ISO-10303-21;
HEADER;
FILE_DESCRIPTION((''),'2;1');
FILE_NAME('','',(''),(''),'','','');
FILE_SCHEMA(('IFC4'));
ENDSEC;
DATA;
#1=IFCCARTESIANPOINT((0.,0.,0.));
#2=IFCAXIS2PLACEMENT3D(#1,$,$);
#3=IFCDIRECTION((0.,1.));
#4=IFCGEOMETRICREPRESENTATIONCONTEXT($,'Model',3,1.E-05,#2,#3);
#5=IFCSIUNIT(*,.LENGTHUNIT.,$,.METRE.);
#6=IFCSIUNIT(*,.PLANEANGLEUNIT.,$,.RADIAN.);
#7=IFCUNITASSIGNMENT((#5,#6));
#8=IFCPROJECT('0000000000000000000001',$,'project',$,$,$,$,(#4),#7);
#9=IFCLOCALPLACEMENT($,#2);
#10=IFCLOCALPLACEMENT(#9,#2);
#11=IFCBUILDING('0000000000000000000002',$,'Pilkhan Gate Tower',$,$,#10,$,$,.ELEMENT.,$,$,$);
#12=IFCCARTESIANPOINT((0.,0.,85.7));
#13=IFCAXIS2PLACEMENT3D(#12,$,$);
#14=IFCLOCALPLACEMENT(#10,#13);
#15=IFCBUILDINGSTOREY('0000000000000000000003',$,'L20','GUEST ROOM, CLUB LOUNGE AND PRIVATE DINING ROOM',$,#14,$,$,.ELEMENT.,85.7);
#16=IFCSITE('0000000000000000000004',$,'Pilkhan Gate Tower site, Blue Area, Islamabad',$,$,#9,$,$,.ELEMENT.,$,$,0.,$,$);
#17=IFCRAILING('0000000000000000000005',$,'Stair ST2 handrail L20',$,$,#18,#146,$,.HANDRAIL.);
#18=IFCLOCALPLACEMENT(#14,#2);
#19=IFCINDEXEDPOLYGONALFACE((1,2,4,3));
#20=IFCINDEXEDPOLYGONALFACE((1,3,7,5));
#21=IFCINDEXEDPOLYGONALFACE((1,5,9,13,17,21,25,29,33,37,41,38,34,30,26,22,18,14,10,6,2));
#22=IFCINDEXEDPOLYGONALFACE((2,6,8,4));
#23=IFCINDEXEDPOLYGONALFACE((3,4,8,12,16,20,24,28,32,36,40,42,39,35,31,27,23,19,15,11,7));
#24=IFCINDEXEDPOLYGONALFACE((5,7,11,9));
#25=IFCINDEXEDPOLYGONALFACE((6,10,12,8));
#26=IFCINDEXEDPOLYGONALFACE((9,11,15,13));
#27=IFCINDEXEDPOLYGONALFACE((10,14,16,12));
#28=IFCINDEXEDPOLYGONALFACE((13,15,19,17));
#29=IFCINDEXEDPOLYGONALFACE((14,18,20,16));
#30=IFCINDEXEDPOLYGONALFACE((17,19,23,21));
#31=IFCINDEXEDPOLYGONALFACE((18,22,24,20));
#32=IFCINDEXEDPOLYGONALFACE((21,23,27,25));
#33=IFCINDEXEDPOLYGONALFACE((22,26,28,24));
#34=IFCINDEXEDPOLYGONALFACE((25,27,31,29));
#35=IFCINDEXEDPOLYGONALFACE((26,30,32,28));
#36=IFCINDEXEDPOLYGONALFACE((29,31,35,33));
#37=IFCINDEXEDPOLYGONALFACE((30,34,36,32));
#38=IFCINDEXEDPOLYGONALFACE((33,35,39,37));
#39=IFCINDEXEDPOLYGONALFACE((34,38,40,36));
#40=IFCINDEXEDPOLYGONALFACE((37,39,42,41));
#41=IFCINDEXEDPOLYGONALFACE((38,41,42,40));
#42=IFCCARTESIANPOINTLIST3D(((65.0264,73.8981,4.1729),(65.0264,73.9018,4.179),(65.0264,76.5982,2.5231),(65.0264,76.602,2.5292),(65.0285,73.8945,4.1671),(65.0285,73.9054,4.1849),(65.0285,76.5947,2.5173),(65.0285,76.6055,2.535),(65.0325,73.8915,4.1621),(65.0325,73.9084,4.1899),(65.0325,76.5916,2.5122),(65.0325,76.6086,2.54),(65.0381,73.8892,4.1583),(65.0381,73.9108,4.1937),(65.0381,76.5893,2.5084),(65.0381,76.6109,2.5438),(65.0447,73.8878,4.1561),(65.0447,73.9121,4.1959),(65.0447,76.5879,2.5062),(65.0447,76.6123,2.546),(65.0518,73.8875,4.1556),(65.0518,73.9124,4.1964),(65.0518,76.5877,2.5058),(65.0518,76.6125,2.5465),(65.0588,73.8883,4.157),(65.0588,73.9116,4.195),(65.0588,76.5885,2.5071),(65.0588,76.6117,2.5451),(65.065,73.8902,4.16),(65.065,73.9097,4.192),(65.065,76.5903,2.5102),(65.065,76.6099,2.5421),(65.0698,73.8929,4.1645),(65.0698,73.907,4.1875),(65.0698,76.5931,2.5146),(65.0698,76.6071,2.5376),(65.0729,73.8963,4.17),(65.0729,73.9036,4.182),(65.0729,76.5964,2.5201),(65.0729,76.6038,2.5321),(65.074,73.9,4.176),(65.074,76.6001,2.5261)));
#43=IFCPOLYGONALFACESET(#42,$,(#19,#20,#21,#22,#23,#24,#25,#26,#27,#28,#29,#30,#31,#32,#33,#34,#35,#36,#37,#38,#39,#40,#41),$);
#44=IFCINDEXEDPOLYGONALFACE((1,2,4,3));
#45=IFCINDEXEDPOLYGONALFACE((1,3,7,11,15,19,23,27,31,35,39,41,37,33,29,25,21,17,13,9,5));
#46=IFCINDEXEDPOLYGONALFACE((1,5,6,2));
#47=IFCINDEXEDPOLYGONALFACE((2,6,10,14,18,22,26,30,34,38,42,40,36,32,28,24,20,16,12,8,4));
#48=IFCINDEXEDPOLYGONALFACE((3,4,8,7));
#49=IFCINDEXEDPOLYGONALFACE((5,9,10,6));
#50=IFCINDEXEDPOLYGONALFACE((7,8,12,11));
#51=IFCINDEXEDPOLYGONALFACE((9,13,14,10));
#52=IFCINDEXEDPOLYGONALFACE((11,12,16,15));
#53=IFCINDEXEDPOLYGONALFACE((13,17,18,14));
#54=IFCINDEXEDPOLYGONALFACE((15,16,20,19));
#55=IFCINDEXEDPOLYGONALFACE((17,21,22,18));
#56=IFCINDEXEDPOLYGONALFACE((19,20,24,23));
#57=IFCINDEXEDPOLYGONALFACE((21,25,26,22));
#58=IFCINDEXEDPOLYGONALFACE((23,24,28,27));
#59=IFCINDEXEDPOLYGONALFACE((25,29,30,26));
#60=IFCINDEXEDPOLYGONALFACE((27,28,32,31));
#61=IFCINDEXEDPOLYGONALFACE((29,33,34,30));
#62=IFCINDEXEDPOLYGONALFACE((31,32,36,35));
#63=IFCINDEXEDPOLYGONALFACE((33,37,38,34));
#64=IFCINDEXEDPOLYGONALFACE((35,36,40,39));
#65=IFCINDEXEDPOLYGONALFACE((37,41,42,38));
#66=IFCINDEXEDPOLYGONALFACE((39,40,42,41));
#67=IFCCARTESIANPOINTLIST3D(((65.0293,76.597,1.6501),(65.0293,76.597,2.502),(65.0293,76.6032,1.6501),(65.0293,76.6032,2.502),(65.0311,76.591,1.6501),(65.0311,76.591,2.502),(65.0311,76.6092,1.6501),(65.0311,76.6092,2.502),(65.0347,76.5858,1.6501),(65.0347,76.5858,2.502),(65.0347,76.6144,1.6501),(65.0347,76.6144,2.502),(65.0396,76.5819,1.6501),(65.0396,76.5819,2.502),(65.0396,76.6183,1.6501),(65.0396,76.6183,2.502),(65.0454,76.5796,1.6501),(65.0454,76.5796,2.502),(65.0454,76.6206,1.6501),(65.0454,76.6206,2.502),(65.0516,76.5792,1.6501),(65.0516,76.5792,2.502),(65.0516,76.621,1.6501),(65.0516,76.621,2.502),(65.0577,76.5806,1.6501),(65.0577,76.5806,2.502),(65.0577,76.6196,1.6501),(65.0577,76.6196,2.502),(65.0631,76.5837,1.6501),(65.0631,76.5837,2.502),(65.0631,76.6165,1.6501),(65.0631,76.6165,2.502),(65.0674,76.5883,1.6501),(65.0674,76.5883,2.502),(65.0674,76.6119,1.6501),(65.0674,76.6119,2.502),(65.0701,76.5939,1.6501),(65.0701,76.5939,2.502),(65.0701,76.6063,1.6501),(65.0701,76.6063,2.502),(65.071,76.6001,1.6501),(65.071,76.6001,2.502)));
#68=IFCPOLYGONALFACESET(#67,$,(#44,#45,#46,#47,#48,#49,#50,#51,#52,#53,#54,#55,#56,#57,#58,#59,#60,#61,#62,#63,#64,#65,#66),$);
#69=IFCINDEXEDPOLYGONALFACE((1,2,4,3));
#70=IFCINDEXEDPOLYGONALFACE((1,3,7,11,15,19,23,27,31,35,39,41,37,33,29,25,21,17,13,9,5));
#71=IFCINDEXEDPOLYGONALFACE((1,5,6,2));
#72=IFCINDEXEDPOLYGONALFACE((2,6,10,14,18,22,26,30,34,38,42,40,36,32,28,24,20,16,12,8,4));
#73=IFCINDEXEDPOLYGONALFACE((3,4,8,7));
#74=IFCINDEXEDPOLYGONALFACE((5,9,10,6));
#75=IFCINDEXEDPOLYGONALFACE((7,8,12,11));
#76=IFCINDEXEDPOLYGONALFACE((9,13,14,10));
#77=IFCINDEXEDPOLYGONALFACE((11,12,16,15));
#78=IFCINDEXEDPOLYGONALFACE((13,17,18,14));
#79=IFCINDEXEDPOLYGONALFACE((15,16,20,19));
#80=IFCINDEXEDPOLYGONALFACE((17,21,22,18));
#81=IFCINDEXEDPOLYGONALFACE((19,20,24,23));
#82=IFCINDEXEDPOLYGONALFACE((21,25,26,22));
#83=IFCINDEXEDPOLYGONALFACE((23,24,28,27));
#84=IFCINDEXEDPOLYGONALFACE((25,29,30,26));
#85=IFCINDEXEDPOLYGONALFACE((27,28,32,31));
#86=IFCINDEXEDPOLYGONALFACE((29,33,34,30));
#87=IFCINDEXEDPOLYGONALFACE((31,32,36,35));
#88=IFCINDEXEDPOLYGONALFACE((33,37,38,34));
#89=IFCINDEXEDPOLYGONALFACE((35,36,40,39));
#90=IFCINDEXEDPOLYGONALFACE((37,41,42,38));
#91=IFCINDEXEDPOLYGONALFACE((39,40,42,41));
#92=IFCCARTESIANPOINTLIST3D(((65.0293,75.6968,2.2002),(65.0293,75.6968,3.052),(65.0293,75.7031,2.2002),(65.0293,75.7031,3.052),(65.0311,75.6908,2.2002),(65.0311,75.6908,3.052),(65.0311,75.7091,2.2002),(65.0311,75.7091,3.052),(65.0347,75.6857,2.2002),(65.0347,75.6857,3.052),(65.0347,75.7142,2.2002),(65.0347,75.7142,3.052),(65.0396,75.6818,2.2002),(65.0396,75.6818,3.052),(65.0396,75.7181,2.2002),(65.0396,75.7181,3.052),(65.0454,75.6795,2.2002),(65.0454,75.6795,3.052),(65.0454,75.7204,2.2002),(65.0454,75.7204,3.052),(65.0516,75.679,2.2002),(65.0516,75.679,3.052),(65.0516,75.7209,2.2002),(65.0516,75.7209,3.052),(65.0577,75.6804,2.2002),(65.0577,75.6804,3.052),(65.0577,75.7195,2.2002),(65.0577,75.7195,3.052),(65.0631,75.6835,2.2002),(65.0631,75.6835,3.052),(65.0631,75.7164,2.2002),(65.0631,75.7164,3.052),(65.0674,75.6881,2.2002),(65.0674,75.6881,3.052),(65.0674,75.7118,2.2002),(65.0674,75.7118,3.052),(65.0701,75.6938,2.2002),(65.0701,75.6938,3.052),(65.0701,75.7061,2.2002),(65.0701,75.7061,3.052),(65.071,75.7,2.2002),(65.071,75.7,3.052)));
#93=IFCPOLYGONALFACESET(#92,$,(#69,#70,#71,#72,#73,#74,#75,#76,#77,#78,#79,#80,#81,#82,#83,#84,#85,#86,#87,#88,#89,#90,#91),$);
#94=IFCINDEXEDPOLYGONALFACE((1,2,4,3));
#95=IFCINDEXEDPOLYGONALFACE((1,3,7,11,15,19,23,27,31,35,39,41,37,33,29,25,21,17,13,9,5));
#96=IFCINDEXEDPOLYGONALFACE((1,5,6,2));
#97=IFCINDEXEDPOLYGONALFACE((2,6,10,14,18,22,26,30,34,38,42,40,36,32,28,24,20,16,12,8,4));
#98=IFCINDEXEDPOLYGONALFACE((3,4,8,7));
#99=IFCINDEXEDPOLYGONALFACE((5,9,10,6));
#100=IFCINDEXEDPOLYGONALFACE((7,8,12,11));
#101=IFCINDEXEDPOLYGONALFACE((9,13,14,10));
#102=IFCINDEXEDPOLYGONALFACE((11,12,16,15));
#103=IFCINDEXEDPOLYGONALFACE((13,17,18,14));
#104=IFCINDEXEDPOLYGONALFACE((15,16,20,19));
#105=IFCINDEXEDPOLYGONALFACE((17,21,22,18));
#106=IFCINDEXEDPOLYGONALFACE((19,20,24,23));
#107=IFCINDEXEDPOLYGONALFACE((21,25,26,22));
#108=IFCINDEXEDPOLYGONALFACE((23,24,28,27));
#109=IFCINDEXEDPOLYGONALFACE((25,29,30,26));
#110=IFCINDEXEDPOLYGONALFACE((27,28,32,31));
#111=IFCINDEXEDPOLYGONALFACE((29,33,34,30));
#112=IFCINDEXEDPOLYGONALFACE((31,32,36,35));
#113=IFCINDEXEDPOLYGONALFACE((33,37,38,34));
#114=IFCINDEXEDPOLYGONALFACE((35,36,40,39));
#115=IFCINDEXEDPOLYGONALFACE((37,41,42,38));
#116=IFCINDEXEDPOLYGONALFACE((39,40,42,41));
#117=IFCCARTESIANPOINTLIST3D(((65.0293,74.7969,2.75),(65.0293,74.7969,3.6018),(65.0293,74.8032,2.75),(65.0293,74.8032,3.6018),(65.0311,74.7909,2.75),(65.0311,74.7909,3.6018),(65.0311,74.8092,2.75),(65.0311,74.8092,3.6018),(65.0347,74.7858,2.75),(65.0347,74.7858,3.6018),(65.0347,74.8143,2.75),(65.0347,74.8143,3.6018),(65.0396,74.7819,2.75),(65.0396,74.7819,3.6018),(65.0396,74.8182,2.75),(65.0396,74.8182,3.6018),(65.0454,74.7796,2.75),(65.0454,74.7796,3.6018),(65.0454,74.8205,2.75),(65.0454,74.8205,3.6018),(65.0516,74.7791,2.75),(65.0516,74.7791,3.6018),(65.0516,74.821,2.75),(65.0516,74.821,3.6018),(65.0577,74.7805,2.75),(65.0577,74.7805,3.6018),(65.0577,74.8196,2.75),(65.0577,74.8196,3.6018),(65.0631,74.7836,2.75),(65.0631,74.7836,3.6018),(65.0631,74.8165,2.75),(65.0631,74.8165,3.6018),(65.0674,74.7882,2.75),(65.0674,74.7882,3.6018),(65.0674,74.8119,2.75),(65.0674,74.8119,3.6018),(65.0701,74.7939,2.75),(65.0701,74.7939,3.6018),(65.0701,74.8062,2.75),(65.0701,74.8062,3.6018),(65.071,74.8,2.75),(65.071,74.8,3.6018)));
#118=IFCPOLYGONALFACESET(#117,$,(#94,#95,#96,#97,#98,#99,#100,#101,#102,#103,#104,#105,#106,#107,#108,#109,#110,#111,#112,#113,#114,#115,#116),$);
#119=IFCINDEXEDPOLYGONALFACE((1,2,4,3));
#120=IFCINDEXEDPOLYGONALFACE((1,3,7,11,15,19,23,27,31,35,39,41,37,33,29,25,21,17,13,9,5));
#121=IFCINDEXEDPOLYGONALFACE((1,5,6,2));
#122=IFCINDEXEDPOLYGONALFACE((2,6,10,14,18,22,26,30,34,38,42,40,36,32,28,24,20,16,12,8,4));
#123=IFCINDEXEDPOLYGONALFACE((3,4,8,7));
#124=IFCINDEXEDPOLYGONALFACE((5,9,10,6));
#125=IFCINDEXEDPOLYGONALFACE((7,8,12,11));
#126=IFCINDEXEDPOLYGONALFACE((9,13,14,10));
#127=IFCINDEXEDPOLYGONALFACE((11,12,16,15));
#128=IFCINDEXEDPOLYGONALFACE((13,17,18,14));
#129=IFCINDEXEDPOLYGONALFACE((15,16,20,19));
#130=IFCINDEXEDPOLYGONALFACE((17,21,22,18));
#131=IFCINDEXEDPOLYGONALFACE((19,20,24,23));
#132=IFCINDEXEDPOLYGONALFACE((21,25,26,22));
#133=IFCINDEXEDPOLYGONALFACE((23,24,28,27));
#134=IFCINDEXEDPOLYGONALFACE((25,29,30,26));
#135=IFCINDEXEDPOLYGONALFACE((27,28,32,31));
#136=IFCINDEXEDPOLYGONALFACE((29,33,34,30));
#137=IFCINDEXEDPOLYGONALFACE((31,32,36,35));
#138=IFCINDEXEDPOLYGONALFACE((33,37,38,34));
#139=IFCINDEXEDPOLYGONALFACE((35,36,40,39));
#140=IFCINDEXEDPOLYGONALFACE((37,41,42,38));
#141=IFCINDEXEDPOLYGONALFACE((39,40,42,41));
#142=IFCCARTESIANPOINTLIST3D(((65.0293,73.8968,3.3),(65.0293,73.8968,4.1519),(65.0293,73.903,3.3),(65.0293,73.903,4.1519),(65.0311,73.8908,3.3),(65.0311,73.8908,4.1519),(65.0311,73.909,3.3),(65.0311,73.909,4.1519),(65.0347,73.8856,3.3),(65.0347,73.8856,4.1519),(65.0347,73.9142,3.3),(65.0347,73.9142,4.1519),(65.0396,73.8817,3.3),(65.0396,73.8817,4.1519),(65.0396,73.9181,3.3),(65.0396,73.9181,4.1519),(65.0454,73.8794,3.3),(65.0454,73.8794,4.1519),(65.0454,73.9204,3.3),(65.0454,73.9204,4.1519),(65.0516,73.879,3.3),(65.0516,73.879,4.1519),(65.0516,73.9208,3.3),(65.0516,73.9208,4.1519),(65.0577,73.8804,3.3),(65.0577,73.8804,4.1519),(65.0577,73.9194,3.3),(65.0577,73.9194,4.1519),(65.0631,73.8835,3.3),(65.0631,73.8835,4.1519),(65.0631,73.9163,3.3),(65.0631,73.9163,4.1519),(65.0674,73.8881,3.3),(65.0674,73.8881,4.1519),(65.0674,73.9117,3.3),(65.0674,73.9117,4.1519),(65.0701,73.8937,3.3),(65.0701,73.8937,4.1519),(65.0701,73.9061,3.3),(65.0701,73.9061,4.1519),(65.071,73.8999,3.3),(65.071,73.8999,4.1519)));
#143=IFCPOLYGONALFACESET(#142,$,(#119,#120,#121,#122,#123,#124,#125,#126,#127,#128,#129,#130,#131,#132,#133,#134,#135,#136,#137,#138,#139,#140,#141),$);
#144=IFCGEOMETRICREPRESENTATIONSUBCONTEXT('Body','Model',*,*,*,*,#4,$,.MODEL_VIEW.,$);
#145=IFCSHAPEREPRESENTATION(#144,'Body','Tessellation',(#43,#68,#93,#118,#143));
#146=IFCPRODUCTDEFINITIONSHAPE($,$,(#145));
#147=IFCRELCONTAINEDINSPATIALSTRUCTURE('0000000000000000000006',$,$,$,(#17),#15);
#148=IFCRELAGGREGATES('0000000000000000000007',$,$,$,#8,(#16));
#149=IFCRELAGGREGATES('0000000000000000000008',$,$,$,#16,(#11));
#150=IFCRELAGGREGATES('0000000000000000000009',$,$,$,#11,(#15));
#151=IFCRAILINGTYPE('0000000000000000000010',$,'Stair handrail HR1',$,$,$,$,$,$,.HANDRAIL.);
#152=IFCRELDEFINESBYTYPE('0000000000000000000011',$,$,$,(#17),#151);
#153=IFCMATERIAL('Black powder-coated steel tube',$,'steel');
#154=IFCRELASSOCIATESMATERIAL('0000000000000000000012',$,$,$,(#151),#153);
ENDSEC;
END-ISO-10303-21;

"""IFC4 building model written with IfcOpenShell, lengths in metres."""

from ifc_helpers import new_model, si_unit, direction, frame, origin, origin_2d, place, context, subcontext, project, spatial, circle, extrude, material, type_object, element, save


model = new_model("IFC4")

# Units and contexts
model_context = context("Model", 3, precision=1e-05, world=origin(), true_north=direction((0.0, 1.0)))
body_context = subcontext(model_context, "Body", "Model", "MODEL_VIEW")
ifc_project = project(units=[si_unit("LENGTHUNIT", "METRE"), si_unit("PLANEANGLEUNIT", "RADIAN")], contexts=[model_context])

# Site, building, storey
site_placement = place(None, origin())
site = spatial("IfcSite", under=ifc_project, at=site_placement, Name="Pilkhan Gate Tower site, Blue Area, Islamabad", CompositionType="ELEMENT", RefElevation=0.0)
building_placement = place(site_placement, origin())
building = spatial("IfcBuilding", under=site, at=building_placement, Name="Pilkhan Gate Tower", CompositionType="ELEMENT")
storey_placement = place(building_placement, frame((0.0, 0.0, 85.7)))
storey = spatial("IfcBuildingStorey", under=building, at=storey_placement, Name="L20", Description="GUEST ROOM, CLUB LOUNGE AND PRIVATE DINING ROOM", CompositionType="ELEMENT", Elevation=85.7)

# Railing
ifc_material_1 = material(Name="Black powder-coated steel tube", Category="steel")
railing_type_1 = type_object("IfcRailingType", Name="Stair handrail HR1", PredefinedType="HANDRAIL", material=ifc_material_1)
railing_1_placement = place(storey_placement, frame((65.05, 76.6001, 1.6501)))
element("IfcRailing", 1, at=railing_1_placement, inside=storey, type_object=railing_type_1, Name="Stair ST2 handrail L20", PredefinedType="HANDRAIL", context=body_context, shape_type="SweptSolid", body=[
    extrude(circle(Radius=0.0239, at=origin_2d()), frame((0.0, 0.0, 0.876), z_axis=(0.0, -0.853312, 0.5214), x_axis=(1.0, 0.0, 0.0)), (0.0, 0.0, 1.0), 3.1643),
    extrude(circle(Radius=0.021, at=origin_2d()), origin(), (0.0, 0.0, 1.0), 0.8518),
    extrude(circle(Radius=0.021, at=origin_2d()), frame((0.0, -0.9001, 0.55)), (0.0, 0.0, 1.0), 0.8518),
    extrude(circle(Radius=0.021, at=origin_2d()), frame((0.0, -1.8, 1.0999)), (0.0, 0.0, 1.0), 0.8518),
    extrude(circle(Radius=0.021, at=origin_2d()), frame((0.0, -2.7002, 1.6499)), (0.0, 0.0, 1.0), 0.8518),
])

save(model, "model.ifc")
